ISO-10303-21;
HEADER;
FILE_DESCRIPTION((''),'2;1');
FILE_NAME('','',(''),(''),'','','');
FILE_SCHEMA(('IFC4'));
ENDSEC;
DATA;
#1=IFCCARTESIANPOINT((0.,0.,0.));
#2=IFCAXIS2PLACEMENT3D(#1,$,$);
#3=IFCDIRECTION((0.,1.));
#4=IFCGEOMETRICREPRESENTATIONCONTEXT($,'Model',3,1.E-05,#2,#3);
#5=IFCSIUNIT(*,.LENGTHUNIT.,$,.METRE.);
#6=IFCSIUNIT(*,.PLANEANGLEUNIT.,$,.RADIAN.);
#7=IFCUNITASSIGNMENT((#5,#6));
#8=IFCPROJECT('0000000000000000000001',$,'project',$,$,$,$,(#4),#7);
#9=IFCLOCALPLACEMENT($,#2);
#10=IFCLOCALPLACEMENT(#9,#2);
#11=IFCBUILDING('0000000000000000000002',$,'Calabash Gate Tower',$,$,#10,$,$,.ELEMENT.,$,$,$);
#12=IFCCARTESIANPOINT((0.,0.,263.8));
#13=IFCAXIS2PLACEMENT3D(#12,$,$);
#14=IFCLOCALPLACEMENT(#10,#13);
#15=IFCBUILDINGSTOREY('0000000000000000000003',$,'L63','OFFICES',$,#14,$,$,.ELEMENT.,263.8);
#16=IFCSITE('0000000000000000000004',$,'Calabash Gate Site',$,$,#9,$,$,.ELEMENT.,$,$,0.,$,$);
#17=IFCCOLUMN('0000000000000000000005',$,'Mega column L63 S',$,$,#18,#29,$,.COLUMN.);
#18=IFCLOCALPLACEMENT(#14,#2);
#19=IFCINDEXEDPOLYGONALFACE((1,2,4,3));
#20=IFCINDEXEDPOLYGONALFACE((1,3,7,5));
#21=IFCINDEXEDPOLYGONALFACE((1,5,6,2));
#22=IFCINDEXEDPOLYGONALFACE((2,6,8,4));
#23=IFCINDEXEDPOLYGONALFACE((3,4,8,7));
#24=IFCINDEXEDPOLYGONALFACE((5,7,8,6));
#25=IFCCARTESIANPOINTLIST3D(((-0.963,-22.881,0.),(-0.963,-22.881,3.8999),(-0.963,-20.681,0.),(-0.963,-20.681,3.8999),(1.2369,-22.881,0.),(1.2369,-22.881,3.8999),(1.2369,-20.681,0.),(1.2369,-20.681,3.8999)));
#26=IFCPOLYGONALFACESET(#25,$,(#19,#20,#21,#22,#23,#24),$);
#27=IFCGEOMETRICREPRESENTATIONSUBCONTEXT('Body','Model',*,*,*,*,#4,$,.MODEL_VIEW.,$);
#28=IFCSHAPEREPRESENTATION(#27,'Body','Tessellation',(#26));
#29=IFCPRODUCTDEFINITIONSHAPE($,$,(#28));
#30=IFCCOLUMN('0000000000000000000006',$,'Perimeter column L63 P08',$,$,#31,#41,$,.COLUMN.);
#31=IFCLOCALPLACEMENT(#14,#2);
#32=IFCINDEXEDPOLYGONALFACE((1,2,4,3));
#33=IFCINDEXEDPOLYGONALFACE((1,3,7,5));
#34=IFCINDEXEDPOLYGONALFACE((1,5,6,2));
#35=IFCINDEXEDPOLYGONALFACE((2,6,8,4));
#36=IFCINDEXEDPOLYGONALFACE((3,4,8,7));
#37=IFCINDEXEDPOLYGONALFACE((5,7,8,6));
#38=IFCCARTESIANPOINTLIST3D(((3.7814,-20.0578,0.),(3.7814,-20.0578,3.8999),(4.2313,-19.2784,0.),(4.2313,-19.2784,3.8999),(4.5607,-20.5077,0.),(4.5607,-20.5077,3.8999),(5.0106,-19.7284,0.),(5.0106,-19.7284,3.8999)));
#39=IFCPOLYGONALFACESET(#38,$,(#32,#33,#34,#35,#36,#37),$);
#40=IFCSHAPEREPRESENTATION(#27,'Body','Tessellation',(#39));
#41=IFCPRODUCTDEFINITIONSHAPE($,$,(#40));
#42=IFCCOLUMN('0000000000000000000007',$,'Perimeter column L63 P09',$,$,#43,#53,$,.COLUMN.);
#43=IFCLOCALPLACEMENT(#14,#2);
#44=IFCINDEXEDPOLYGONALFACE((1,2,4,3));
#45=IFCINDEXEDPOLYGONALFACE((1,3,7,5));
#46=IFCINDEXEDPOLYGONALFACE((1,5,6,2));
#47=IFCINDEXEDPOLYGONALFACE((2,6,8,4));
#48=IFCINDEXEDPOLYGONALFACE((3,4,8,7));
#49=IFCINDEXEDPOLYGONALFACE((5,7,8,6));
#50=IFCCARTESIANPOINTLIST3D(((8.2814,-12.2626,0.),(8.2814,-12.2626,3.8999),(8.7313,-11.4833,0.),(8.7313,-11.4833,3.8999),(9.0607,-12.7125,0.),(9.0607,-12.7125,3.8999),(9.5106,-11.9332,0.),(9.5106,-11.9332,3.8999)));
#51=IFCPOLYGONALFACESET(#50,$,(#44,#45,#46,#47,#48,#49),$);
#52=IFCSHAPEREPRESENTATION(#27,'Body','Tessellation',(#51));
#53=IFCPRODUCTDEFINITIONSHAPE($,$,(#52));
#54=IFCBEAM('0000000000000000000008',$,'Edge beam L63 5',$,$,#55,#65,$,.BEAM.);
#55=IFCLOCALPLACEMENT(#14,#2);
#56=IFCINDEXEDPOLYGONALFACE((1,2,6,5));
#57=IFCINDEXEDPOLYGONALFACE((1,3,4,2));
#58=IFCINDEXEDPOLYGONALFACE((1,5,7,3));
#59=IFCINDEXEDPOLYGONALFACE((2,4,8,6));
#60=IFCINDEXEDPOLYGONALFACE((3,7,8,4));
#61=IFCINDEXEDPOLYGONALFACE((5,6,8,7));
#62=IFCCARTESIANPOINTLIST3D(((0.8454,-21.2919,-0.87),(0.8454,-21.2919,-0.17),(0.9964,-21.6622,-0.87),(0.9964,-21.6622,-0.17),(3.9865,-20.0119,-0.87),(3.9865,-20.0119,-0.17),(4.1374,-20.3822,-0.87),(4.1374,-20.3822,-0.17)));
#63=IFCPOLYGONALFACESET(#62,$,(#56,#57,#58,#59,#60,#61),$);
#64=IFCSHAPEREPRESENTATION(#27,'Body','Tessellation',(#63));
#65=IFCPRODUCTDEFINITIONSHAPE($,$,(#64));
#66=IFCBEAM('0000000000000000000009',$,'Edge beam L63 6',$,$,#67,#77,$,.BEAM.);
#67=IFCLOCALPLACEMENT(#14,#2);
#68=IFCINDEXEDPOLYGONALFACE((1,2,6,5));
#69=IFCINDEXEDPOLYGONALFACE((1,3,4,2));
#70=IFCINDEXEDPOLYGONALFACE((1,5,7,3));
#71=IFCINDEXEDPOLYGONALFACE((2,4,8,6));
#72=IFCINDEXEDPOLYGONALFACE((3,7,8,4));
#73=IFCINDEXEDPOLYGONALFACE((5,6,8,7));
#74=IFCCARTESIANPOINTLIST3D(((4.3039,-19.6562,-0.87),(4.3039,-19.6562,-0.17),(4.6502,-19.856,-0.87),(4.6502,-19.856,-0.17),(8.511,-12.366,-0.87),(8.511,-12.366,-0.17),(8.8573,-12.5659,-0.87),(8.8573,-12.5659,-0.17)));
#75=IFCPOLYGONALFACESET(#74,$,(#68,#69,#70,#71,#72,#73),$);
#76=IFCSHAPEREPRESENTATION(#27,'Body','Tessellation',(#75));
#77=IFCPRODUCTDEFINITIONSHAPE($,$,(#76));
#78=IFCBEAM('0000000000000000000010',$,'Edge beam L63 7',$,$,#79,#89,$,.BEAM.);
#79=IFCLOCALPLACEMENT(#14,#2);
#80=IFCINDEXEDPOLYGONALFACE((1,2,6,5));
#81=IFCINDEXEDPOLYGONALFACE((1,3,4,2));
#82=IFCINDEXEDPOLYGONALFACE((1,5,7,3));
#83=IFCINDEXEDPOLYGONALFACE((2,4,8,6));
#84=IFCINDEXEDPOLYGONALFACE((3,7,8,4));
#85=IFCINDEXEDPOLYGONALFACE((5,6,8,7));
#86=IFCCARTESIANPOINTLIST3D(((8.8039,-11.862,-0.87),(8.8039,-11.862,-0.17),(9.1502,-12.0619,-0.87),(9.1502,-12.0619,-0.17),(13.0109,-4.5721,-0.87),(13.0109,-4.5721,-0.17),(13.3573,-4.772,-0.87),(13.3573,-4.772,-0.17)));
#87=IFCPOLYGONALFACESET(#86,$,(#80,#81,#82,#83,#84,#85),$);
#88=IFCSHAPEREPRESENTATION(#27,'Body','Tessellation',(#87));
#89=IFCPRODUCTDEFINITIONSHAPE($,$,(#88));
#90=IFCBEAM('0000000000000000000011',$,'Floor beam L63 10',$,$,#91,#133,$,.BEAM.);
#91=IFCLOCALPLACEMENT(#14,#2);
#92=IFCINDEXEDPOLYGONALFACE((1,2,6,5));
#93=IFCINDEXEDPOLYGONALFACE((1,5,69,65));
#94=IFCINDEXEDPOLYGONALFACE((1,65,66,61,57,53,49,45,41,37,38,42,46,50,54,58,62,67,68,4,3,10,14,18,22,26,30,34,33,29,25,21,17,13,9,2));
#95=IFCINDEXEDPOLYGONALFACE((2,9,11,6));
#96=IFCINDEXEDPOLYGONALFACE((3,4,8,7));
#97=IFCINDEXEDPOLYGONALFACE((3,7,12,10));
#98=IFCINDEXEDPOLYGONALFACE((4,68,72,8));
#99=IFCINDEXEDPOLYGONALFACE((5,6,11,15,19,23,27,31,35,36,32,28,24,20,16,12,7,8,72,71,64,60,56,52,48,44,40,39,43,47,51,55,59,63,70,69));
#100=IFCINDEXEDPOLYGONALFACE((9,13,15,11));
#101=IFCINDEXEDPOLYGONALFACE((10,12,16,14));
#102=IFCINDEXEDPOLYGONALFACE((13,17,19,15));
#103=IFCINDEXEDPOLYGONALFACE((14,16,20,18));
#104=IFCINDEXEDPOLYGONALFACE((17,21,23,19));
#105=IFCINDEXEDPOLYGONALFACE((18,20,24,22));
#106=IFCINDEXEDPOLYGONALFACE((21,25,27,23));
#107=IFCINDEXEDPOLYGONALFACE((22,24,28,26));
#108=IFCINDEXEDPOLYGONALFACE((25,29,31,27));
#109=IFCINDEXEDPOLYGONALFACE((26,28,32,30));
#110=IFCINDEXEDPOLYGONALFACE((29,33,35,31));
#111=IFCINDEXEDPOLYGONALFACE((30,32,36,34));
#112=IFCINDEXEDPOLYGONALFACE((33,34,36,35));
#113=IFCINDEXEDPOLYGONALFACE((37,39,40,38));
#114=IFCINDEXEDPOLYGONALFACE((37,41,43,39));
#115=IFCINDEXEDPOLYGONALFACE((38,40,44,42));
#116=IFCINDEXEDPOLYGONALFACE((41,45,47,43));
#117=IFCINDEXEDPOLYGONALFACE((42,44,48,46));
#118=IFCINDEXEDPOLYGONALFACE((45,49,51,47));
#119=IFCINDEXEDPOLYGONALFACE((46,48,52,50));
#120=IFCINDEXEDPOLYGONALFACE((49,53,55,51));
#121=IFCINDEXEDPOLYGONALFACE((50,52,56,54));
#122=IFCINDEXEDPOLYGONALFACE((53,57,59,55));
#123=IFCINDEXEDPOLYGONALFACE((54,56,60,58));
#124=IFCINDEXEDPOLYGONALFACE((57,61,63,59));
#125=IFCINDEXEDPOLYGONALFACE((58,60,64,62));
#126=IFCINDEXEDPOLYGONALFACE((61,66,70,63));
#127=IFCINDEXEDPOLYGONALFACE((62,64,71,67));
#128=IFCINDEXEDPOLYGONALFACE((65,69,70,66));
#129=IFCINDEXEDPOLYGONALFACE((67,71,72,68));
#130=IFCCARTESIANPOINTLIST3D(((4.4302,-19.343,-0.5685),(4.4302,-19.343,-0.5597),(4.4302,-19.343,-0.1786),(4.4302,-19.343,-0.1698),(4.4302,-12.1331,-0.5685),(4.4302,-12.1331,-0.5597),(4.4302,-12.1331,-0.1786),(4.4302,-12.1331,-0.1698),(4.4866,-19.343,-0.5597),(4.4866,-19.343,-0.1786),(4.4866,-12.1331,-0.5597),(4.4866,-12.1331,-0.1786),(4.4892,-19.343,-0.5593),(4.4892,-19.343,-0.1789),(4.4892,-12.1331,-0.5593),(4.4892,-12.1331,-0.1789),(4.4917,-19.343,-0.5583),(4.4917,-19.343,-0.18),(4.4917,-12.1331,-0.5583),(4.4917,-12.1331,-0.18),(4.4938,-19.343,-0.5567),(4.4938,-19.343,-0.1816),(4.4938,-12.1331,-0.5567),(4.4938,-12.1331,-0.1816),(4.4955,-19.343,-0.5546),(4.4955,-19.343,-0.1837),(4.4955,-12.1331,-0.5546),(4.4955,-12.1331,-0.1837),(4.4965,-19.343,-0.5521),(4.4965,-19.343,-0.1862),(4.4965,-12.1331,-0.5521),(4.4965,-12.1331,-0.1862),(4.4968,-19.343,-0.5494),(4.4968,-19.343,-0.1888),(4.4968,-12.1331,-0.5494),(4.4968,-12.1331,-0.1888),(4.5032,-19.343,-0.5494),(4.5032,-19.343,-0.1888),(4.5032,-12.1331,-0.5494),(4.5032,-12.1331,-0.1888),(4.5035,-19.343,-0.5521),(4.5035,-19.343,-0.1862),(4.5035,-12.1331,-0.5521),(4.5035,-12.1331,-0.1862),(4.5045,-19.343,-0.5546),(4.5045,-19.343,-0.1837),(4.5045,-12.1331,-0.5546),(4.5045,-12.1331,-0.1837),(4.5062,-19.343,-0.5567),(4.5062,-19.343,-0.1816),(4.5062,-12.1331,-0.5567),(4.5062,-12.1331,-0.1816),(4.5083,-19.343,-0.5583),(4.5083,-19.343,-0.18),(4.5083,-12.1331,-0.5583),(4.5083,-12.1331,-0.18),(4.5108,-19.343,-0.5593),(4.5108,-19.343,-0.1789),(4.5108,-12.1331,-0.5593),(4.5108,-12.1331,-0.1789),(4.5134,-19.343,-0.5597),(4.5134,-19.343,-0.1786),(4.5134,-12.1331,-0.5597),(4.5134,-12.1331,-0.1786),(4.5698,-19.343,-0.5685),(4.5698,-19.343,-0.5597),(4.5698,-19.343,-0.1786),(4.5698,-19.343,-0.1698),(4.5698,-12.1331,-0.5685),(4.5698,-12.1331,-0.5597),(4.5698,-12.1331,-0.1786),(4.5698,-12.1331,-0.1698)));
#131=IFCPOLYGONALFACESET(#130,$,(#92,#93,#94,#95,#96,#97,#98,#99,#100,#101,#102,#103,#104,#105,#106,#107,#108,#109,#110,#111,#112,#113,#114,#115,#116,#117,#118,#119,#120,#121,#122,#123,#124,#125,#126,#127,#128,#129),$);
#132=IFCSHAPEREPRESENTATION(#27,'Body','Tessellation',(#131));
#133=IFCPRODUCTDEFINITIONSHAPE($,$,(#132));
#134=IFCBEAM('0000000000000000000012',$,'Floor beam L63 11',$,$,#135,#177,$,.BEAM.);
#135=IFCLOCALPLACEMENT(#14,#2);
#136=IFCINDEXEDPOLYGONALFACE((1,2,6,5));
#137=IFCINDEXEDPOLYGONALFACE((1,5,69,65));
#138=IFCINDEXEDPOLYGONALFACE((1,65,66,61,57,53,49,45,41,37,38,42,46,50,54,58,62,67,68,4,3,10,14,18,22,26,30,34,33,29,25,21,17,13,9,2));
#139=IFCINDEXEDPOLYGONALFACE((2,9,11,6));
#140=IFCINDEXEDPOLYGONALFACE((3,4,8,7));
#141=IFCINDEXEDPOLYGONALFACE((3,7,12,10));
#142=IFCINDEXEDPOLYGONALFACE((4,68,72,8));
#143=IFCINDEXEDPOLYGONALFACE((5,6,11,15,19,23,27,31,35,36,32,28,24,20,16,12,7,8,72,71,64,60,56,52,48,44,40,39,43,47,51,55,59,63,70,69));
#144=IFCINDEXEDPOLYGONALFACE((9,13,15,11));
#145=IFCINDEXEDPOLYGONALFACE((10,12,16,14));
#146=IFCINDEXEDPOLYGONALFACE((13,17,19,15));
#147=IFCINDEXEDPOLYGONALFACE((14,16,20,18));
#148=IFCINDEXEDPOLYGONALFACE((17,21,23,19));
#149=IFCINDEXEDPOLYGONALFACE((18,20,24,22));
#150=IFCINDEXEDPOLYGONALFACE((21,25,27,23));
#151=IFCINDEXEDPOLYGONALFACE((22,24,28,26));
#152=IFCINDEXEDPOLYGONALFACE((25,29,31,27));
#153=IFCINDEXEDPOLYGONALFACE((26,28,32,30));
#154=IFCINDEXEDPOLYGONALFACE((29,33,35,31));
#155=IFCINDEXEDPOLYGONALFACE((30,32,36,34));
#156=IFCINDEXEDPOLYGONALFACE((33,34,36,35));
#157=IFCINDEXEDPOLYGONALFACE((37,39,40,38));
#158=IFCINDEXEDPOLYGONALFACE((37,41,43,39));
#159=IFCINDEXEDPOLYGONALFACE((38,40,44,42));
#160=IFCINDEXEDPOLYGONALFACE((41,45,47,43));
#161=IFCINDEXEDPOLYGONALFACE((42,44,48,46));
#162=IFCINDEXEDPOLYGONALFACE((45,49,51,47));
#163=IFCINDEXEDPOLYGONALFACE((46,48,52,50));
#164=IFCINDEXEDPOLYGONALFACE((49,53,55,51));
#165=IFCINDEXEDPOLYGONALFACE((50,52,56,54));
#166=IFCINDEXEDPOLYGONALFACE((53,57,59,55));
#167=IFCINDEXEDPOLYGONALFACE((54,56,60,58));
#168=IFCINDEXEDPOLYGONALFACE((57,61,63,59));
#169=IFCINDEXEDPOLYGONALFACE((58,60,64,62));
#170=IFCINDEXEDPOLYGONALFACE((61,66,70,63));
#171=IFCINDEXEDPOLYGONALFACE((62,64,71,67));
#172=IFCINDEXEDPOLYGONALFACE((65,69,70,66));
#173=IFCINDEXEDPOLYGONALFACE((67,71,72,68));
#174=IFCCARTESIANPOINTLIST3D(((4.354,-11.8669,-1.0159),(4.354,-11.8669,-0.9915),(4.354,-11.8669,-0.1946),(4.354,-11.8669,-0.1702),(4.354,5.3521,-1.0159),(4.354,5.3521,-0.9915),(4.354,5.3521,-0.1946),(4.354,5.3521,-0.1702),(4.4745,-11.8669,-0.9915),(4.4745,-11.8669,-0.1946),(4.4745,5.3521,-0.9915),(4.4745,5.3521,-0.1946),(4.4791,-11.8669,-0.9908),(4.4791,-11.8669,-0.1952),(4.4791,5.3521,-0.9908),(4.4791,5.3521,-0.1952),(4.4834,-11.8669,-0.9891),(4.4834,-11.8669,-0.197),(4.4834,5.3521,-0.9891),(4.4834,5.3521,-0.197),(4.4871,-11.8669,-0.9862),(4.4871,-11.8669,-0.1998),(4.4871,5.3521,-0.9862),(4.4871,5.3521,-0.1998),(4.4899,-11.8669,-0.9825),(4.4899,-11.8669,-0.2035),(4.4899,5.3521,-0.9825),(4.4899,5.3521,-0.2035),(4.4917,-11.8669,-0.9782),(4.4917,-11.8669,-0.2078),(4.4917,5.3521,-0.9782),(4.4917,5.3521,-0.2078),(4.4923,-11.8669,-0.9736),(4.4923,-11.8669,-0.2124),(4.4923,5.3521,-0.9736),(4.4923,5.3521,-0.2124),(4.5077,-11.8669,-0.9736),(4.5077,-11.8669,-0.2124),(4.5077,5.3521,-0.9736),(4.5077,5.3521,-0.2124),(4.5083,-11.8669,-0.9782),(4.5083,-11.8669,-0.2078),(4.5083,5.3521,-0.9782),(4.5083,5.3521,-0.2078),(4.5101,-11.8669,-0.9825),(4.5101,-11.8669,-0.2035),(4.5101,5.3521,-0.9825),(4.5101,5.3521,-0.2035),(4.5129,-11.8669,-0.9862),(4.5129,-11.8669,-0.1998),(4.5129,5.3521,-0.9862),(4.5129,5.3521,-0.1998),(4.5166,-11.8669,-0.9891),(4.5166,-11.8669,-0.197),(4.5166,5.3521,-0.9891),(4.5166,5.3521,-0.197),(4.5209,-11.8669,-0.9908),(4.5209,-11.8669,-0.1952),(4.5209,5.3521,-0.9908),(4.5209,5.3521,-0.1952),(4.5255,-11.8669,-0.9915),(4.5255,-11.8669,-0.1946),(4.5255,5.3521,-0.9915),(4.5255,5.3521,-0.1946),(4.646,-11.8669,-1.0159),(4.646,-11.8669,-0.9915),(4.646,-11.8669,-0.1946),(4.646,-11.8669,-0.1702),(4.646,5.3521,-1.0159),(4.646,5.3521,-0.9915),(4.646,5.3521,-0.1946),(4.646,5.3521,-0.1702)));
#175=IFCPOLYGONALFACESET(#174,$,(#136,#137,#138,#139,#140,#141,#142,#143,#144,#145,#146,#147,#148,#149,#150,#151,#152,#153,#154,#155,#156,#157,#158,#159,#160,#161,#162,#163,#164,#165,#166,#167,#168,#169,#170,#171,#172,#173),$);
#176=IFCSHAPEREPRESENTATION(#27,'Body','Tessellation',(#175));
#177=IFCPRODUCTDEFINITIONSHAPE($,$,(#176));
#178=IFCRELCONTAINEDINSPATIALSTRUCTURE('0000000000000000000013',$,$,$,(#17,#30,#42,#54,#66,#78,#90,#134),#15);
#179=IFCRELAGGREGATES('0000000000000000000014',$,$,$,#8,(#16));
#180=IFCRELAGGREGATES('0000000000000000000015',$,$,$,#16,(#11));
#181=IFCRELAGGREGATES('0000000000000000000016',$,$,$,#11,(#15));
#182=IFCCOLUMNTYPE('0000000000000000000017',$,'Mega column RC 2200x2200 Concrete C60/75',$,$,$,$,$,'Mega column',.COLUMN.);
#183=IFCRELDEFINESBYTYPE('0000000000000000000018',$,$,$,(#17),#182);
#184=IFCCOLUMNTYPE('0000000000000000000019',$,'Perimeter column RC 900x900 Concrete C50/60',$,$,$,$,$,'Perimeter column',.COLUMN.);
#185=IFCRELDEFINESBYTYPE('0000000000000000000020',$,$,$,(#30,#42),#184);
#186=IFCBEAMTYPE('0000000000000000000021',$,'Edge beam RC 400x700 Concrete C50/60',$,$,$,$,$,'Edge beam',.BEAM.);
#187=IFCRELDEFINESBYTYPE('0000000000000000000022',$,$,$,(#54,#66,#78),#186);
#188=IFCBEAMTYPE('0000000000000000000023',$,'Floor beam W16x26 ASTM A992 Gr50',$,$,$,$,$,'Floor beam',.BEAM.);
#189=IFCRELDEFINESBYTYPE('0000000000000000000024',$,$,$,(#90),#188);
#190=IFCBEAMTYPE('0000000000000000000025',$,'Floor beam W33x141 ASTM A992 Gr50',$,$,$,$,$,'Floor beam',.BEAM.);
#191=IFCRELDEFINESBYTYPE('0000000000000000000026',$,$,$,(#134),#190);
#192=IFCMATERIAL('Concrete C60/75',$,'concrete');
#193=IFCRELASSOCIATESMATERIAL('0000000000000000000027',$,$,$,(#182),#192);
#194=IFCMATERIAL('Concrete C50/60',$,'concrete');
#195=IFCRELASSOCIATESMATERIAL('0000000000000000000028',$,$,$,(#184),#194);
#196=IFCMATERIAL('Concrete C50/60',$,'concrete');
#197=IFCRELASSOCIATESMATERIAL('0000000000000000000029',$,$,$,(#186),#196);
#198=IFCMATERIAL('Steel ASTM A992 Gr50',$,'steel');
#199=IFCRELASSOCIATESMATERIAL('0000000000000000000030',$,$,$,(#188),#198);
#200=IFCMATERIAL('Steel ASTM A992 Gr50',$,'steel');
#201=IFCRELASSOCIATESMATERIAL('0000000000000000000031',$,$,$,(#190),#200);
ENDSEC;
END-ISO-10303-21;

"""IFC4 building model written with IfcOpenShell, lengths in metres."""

from ifc_helpers import new_model, si_unit, direction, frame, origin, origin_2d, place, context, subcontext, project, spatial, rectangle, i_section, extrude, material, material_profile, profile_set, type_object, element, save


model = new_model("IFC4")

# Units and contexts
model_context = context("Model", 3, precision=1e-05, world=origin(), true_north=direction((0.0, 1.0)))
body_context = subcontext(model_context, "Body", "Model", "MODEL_VIEW")
ifc_project = project(units=[si_unit("LENGTHUNIT", "METRE"), si_unit("PLANEANGLEUNIT", "RADIAN")], contexts=[model_context])

# Site, building, storey
site_placement = place(None, origin())
site = spatial("IfcSite", under=ifc_project, at=site_placement, Name="Calabash Gate Site", CompositionType="ELEMENT", RefElevation=0.0)
building_placement = place(site_placement, origin())
building = spatial("IfcBuilding", under=site, at=building_placement, Name="Calabash Gate Tower", CompositionType="ELEMENT")
storey_placement = place(building_placement, frame((0.0, 0.0, 263.8)))
storey = spatial("IfcBuildingStorey", under=building, at=storey_placement, Name="L63", Description="OFFICES", CompositionType="ELEMENT", Elevation=263.8)

# Columns
ifc_material_1 = material(Name="Concrete C60/75", Category="concrete")
ifc_material_profile_1 = material_profile(ifc_material_1, rectangle(XDim=2.2, YDim=2.2, at=origin_2d()))
ifc_profile_set_1 = profile_set([ifc_material_profile_1], Name="Concrete C60/75")
column_type_1 = type_object("IfcColumnType", Name="Mega column RC 2200x2200 Concrete C60/75", ElementType="Mega column", PredefinedType="COLUMN", material=ifc_profile_set_1)
column_placement = place(storey_placement, frame((0.137, -21.781, 0.0), z_axis=(0.0, 0.0, 1.0), x_axis=(0.0, 1.0, 0.0)))
element("IfcColumn", 1, at=column_placement, inside=storey, type_object=column_type_1, Name="Mega column L63 S", PredefinedType="COLUMN", context=body_context, shape_type="SweptSolid", body=[
    extrude(rectangle(XDim=2.2, YDim=2.2, at=origin_2d()), origin(), (0.0, 0.0, 1.0), 3.8999),
])
ifc_material_2 = material(Name="Concrete C50/60", Category="concrete")
ifc_material_profile_2 = material_profile(ifc_material_2, rectangle(XDim=0.8999, YDim=0.8999, at=origin_2d()))
ifc_profile_set_2 = profile_set([ifc_material_profile_2], Name="Concrete C50/60")
column_type_2 = type_object("IfcColumnType", Name="Perimeter column RC 900x900 Concrete C50/60", ElementType="Perimeter column", PredefinedType="COLUMN", material=ifc_profile_set_2)
for number, where, z_axis, x_axis, name in (
    (2, (4.396, -19.8931, 0.0), (0.0, 0.0, 1.0), (0.5, 0.866025, 0.0), "Perimeter column L63 P08"),
    (3, (8.896, -12.0979, 0.0), (0.0, 0.0, 1.0), (0.5, 0.866025, 0.0), "Perimeter column L63 P09"),
):
    element("IfcColumn", number, at=place(storey_placement, frame(where, z_axis=z_axis, x_axis=x_axis)), inside=storey, type_object=column_type_2, Name=name, PredefinedType="COLUMN", context=body_context, shape_type="SweptSolid", body=[
        extrude(rectangle(XDim=0.8999, YDim=0.8999, at=origin_2d()), origin(), (0.0, 0.0, 1.0), 3.8999),
    ])

# Beams
ifc_material_3 = material(Name="Concrete C50/60", Category="concrete")
ifc_material_profile_3 = material_profile(ifc_material_3, rectangle(XDim=0.3999, YDim=0.7, at=origin_2d()))
ifc_profile_set_3 = profile_set([ifc_material_profile_3], Name="Concrete C50/60")
beam_type_1 = type_object("IfcBeamType", Name="Edge beam RC 400x700 Concrete C50/60", ElementType="Edge beam", PredefinedType="BEAM", material=ifc_profile_set_3)
beam_1_placement = place(storey_placement, frame((0.9209, -21.4771, -0.52), z_axis=(0.92606, 0.377377, 0.0), x_axis=(-0.377377, 0.92606, 0.0)))
element("IfcBeam", 4, at=beam_1_placement, inside=storey, type_object=beam_type_1, Name="Edge beam L63 5", PredefinedType="BEAM", context=body_context, shape_type="SweptSolid", body=[
    extrude(rectangle(XDim=0.3999, YDim=0.7, at=origin_2d()), origin(), (0.0, 0.0, 1.0), 3.3918),
])
beam_2_placement = place(storey_placement, frame((4.4771, -19.7561, -0.52), z_axis=(0.499833, 0.866122, 0.0), x_axis=(-0.866122, 0.499833, 0.0)))
element("IfcBeam", 5, at=beam_2_placement, inside=storey, type_object=beam_type_1, Name="Edge beam L63 6", PredefinedType="BEAM", context=body_context, shape_type="SweptSolid", body=[
    extrude(rectangle(XDim=0.3999, YDim=0.7, at=origin_2d()), origin(), (0.0, 0.0, 1.0), 8.417),
])
beam_3_placement = place(storey_placement, frame((8.9771, -11.9619, -0.52), z_axis=(0.499845, 0.866115, 0.0), x_axis=(-0.866115, 0.499845, 0.0)))
element("IfcBeam", 6, at=beam_3_placement, inside=storey, type_object=beam_type_1, Name="Edge beam L63 7", PredefinedType="BEAM", context=body_context, shape_type="SweptSolid", body=[
    extrude(rectangle(XDim=0.3999, YDim=0.7, at=origin_2d()), origin(), (0.0, 0.0, 1.0), 8.4167),
])
ifc_material_4 = material(Name="Steel ASTM A992 Gr50", Category="steel")
ifc_material_profile_4 = material_profile(ifc_material_4, i_section(OverallWidth=0.1396, OverallDepth=0.3987, WebThickness=0.0063, FlangeThickness=0.0088, FilletRadius=0.0103, at=origin_2d()))
ifc_profile_set_4 = profile_set([ifc_material_profile_4], Name="Steel ASTM A992 Gr50")
beam_type_2 = type_object("IfcBeamType", Name="Floor beam W16x26 ASTM A992 Gr50", ElementType="Floor beam", PredefinedType="BEAM", material=ifc_profile_set_4)
beam_4_placement = place(storey_placement, frame((4.5, -19.343, -0.3691), z_axis=(0.0, 1.0, 0.0), x_axis=(-1.0, 0.0, 0.0)))
element("IfcBeam", 7, at=beam_4_placement, inside=storey, type_object=beam_type_2, Name="Floor beam L63 10", PredefinedType="BEAM", context=body_context, shape_type="SweptSolid", body=[
    extrude(i_section(OverallWidth=0.1396, OverallDepth=0.3987, WebThickness=0.0063, FlangeThickness=0.0088, FilletRadius=0.0103, at=origin_2d()), origin(), (0.0, 0.0, 1.0), 7.21),
])
ifc_material_5 = material(Name="Steel ASTM A992 Gr50", Category="steel")
ifc_material_profile_5 = material_profile(ifc_material_5, i_section(OverallWidth=0.292, OverallDepth=0.8457, WebThickness=0.0154, FlangeThickness=0.0244, FilletRadius=0.0178, at=origin_2d()))
ifc_profile_set_5 = profile_set([ifc_material_profile_5], Name="Steel ASTM A992 Gr50")
beam_type_3 = type_object("IfcBeamType", Name="Floor beam W33x141 ASTM A992 Gr50", ElementType="Floor beam", PredefinedType="BEAM", material=ifc_profile_set_5)
beam_5_placement = place(storey_placement, frame((4.5, -11.8669, -0.593), z_axis=(0.0, 1.0, 0.0), x_axis=(-1.0, 0.0, 0.0)))
element("IfcBeam", 8, at=beam_5_placement, inside=storey, type_object=beam_type_3, Name="Floor beam L63 11", PredefinedType="BEAM", context=body_context, shape_type="SweptSolid", body=[
    extrude(i_section(OverallWidth=0.292, OverallDepth=0.8457, WebThickness=0.0154, FlangeThickness=0.0244, FilletRadius=0.0178, at=origin_2d()), origin(), (0.0, 0.0, 1.0), 17.219),
])

save(model, "model.ifc")
